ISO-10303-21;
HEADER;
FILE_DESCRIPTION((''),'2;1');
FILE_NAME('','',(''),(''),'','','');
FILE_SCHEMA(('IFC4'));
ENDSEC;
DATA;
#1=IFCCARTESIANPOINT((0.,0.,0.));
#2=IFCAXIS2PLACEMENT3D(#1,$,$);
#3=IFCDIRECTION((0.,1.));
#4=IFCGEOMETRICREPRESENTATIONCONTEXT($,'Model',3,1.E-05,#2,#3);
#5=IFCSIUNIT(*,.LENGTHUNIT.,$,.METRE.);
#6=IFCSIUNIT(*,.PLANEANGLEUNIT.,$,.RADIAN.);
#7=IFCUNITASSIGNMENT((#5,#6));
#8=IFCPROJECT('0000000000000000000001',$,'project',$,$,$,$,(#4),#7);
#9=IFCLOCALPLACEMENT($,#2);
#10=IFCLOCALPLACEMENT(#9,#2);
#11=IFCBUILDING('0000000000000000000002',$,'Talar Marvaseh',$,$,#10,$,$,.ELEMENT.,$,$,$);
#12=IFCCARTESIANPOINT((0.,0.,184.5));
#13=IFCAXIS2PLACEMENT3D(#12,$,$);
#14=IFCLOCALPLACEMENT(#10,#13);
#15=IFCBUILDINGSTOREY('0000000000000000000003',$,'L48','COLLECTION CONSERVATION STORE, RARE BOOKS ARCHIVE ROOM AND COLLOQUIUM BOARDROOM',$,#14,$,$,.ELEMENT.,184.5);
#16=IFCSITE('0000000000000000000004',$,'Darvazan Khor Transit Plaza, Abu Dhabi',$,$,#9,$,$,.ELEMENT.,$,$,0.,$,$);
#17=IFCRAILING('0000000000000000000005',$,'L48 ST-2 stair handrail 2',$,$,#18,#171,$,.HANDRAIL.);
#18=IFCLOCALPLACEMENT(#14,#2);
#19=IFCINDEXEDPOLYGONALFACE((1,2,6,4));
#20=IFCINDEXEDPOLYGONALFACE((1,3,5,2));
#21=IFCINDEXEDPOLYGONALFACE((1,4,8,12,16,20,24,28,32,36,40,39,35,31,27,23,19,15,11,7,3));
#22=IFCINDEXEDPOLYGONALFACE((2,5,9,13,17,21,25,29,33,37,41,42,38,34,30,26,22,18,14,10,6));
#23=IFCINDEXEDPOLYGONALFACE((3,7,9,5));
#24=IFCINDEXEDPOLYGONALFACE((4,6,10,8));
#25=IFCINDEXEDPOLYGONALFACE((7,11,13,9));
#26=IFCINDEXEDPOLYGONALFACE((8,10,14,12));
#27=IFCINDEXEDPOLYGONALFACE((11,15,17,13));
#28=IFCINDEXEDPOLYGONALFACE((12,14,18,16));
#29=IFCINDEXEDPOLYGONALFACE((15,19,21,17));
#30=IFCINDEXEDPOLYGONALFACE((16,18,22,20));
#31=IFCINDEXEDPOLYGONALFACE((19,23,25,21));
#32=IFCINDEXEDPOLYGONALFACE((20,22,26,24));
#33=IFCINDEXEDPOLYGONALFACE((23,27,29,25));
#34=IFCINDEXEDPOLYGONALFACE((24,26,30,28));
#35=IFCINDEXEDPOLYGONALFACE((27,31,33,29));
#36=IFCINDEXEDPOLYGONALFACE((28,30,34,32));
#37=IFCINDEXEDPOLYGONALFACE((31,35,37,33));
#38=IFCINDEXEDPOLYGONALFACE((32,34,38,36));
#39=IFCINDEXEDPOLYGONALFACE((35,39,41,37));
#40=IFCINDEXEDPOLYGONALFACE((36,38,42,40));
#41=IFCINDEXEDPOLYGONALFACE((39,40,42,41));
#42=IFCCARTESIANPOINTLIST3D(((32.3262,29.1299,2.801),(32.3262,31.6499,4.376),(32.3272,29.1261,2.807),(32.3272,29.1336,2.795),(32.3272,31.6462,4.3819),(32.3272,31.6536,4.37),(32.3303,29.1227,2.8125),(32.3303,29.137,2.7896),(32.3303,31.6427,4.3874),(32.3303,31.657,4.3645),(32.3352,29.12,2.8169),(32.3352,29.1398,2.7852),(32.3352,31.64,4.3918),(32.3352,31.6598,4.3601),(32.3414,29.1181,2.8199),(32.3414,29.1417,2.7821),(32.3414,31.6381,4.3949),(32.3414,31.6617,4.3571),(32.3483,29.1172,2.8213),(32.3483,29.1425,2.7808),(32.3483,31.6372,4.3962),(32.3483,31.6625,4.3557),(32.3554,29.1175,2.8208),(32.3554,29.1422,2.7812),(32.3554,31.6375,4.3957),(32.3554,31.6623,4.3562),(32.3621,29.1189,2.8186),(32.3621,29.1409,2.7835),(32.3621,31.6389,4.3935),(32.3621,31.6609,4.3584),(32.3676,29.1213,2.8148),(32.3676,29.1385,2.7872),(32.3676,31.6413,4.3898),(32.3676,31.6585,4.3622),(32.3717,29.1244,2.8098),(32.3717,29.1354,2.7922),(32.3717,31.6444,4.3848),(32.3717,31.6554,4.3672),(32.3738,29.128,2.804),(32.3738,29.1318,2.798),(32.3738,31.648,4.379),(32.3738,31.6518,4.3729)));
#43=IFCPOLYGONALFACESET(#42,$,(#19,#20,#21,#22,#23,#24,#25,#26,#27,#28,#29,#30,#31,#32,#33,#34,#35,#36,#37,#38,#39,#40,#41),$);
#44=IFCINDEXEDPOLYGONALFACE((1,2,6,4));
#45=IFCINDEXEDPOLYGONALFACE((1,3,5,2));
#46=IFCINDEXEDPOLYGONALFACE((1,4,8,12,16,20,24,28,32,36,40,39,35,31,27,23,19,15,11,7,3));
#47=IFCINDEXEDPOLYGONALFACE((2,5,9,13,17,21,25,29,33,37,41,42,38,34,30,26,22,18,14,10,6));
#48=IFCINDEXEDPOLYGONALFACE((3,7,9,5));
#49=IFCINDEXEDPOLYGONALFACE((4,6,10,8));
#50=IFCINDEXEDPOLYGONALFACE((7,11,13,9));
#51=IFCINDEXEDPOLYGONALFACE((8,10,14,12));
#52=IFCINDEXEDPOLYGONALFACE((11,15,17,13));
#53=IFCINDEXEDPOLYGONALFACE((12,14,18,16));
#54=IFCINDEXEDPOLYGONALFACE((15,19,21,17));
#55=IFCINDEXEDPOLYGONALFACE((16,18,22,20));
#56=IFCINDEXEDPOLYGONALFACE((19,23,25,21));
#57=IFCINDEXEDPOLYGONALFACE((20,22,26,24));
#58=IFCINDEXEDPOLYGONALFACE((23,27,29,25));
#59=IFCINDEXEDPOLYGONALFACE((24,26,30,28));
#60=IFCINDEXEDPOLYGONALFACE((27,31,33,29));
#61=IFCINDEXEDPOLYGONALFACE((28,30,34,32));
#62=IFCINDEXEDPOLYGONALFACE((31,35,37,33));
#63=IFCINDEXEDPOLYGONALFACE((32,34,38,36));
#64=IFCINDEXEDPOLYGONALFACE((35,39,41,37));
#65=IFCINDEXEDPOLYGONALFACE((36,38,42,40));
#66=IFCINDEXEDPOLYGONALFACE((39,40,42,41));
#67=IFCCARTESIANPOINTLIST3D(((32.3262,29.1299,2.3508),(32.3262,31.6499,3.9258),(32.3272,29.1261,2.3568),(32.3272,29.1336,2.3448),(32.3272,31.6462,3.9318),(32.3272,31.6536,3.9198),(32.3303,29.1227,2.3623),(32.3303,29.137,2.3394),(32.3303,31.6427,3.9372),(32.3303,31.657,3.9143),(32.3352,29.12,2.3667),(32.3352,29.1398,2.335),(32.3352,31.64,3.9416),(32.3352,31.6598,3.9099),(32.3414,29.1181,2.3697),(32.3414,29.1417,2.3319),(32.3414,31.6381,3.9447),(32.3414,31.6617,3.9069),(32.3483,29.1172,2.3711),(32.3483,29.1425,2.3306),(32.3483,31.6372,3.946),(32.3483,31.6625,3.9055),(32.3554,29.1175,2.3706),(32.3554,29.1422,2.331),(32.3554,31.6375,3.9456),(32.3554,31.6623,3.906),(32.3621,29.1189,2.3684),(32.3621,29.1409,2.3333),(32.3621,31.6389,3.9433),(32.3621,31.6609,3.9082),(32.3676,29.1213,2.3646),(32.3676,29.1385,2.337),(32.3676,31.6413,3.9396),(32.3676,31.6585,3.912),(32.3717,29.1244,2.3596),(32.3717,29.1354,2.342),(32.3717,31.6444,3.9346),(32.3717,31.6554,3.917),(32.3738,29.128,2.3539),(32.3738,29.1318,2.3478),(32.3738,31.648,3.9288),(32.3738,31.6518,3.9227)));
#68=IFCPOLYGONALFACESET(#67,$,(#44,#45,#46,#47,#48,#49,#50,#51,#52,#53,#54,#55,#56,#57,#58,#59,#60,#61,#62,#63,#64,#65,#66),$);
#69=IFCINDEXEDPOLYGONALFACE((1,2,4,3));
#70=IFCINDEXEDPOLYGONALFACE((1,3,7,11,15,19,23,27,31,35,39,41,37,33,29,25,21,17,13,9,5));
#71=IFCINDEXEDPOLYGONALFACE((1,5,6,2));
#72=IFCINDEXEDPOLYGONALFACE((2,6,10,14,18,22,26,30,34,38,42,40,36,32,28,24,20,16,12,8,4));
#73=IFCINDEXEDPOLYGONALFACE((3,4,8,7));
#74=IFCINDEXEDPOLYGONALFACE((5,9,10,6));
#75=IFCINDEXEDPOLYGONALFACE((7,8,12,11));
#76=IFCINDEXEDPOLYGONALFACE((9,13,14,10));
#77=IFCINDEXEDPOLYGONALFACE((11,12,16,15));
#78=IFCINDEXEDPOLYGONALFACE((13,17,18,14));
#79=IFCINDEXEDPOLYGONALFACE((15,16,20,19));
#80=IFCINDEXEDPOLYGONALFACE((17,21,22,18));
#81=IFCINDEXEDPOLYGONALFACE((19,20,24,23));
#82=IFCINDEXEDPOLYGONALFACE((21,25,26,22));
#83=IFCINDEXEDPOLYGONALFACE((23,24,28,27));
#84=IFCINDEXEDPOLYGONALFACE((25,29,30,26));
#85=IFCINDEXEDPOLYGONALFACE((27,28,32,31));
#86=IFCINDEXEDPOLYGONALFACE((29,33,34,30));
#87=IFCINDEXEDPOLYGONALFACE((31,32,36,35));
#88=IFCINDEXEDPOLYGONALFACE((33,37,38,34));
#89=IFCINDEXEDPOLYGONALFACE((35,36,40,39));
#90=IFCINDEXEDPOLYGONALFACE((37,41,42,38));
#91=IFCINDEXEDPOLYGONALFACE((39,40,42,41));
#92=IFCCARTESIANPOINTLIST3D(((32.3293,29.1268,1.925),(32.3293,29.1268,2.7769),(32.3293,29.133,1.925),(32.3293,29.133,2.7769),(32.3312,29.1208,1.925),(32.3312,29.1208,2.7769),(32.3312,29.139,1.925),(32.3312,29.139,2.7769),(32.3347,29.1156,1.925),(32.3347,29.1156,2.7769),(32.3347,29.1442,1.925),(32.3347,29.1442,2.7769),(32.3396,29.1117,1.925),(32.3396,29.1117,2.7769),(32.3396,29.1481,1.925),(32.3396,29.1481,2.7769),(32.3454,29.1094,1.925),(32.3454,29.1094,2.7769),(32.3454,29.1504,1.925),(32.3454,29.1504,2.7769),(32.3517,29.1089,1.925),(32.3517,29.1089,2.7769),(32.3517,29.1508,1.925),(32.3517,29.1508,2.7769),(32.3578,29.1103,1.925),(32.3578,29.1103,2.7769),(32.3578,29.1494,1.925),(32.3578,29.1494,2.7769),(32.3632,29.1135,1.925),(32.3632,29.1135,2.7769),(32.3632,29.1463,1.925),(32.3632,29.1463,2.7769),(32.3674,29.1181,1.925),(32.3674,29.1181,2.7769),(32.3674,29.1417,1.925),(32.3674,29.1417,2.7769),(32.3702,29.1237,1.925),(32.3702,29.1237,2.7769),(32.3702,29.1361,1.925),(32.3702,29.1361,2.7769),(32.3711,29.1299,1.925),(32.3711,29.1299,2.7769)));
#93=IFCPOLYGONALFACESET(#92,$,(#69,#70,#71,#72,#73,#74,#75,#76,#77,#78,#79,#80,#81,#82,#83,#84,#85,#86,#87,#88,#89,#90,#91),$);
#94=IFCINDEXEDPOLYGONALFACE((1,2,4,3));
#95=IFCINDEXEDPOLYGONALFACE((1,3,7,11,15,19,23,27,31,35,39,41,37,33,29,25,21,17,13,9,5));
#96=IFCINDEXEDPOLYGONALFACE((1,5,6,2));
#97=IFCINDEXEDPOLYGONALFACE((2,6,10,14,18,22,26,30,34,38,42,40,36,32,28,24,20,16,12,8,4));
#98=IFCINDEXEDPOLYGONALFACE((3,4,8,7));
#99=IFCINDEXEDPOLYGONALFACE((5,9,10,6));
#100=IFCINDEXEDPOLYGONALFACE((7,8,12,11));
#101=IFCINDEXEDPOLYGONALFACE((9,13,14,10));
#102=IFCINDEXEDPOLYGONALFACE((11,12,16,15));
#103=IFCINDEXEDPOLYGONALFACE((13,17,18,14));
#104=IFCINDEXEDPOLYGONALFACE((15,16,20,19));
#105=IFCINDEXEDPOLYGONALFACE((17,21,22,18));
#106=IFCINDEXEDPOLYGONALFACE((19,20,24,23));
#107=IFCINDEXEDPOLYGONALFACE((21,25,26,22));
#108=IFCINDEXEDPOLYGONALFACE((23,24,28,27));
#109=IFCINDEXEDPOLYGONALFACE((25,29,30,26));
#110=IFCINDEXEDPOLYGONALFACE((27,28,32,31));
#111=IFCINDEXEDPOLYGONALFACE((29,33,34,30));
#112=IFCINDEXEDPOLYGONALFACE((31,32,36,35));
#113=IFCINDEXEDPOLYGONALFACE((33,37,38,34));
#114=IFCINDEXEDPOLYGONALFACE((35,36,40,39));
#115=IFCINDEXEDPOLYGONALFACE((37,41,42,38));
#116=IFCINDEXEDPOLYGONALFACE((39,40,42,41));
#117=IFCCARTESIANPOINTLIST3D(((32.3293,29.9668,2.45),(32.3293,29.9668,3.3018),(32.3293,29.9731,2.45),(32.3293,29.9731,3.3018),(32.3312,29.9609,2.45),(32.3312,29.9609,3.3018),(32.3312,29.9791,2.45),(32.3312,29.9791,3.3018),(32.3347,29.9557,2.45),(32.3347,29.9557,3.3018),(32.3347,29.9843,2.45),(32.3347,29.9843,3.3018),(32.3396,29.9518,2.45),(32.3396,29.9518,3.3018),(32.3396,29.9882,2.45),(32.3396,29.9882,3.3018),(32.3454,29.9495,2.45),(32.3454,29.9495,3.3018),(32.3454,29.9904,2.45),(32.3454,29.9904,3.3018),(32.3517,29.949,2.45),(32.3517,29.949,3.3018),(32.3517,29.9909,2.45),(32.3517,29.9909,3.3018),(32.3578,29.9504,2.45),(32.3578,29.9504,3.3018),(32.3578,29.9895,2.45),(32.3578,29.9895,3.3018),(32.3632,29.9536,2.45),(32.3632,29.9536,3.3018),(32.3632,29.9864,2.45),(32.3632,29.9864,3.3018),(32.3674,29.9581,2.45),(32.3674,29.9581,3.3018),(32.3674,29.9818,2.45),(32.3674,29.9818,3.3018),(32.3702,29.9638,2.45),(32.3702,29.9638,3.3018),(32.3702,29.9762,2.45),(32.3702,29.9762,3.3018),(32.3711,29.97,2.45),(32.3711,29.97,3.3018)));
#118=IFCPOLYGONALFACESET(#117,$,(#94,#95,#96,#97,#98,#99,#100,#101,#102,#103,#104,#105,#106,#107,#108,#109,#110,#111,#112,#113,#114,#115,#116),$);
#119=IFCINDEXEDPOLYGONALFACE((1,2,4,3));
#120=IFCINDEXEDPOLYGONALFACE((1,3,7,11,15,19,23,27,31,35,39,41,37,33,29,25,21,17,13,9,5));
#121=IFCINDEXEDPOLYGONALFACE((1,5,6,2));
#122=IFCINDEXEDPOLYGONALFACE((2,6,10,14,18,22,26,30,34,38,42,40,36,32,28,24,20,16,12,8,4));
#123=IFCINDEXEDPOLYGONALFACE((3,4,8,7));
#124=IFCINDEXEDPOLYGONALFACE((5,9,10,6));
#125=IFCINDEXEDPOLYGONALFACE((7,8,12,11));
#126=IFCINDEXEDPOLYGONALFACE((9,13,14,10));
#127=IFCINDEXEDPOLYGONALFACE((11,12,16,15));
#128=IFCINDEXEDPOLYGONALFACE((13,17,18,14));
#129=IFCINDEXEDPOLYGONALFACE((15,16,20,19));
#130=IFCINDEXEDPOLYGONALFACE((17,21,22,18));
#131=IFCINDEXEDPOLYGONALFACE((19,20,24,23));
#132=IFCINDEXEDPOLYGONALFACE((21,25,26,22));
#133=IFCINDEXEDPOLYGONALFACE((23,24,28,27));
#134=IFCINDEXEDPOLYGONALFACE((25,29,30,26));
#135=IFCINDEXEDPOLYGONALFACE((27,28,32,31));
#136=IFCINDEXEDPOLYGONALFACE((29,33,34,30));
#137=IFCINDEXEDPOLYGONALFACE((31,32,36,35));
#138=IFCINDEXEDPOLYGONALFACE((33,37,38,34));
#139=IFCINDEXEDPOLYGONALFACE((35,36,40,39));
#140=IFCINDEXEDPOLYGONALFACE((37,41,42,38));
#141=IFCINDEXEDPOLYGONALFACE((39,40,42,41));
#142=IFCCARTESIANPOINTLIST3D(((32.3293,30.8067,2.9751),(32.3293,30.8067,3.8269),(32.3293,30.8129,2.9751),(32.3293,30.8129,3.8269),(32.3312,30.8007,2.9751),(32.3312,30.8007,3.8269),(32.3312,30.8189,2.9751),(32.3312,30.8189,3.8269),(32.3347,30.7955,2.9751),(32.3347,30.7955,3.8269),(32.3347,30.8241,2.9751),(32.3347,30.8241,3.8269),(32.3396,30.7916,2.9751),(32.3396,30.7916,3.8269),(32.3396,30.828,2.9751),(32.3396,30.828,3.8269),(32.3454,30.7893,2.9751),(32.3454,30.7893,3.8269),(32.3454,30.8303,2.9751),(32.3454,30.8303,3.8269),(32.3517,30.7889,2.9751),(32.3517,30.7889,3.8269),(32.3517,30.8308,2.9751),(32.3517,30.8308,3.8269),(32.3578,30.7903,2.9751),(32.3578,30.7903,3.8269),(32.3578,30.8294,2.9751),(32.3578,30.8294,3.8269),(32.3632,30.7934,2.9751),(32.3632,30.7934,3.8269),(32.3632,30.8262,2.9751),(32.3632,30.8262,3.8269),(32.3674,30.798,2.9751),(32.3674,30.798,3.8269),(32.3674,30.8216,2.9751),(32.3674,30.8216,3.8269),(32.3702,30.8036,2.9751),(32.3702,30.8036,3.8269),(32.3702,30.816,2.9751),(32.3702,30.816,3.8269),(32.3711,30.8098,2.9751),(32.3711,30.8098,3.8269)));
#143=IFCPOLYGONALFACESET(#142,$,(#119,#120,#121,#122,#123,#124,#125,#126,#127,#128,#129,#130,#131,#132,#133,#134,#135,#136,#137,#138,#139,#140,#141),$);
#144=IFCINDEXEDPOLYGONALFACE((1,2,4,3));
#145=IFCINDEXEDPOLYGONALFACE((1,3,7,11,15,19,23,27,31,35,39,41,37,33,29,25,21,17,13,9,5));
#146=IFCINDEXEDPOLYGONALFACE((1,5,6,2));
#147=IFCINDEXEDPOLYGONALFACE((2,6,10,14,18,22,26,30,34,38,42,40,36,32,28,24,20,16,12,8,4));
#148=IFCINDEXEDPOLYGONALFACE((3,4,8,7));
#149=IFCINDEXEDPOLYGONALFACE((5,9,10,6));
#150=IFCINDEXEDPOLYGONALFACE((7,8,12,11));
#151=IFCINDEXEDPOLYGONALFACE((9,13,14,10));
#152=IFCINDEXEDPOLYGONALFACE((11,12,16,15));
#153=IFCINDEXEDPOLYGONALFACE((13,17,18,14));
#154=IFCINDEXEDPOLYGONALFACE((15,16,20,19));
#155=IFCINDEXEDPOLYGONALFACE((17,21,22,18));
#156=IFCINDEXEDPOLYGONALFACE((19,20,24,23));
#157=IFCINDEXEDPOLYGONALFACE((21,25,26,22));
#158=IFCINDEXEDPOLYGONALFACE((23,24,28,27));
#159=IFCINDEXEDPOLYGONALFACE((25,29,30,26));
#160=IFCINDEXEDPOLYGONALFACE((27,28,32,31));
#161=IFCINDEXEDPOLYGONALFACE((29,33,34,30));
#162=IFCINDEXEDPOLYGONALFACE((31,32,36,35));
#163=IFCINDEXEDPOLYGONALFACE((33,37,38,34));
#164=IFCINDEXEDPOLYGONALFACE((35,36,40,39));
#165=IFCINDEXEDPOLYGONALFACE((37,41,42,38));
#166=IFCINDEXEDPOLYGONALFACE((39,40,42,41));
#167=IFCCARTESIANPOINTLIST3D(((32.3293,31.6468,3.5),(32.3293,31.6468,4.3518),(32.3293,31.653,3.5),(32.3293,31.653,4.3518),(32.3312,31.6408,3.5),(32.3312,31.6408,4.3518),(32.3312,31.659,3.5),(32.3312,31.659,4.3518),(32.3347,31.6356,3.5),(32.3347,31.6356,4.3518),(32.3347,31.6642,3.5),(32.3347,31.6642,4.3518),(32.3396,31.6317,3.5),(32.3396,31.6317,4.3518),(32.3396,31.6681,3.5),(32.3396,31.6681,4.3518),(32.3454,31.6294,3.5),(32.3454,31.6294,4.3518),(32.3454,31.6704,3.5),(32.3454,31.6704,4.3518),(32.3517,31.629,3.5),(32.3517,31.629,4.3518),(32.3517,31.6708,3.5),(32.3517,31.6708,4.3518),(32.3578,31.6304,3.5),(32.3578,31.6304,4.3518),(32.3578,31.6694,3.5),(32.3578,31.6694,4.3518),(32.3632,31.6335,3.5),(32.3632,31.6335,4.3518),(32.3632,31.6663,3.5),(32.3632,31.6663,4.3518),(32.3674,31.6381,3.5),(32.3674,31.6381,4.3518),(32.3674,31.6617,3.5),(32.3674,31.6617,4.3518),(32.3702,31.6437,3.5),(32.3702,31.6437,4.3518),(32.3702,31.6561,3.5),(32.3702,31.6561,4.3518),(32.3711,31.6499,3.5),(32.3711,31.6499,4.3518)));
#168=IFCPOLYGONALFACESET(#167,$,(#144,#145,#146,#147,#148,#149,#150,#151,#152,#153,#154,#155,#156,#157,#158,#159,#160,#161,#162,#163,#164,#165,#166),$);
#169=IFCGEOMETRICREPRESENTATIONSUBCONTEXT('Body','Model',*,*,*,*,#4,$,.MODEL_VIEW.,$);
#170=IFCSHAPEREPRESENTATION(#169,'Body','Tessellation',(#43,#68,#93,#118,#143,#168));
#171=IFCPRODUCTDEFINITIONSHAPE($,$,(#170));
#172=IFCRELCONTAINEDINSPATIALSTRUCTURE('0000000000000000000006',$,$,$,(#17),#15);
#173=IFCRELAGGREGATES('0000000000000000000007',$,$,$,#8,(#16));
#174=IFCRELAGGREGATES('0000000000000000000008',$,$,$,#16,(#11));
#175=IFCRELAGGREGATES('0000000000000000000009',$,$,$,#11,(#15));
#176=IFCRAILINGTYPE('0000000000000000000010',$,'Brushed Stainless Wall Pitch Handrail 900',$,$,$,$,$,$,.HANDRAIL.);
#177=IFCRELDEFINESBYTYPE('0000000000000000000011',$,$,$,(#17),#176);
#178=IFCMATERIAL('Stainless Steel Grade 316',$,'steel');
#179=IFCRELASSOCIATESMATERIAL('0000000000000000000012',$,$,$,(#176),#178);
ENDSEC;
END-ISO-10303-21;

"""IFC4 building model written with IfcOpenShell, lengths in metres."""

from ifc_helpers import new_model, si_unit, direction, frame, origin, origin_2d, place, context, subcontext, project, spatial, circle, extrude, material, type_object, element, save


model = new_model("IFC4")

# Units and contexts
model_context = context("Model", 3, precision=1e-05, world=origin(), true_north=direction((0.0, 1.0)))
body_context = subcontext(model_context, "Body", "Model", "MODEL_VIEW")
ifc_project = project(units=[si_unit("LENGTHUNIT", "METRE"), si_unit("PLANEANGLEUNIT", "RADIAN")], contexts=[model_context])

# Site, building, storey
site_placement = place(None, origin())
site = spatial("IfcSite", under=ifc_project, at=site_placement, Name="Darvazan Khor Transit Plaza, Abu Dhabi", CompositionType="ELEMENT", RefElevation=0.0)
building_placement = place(site_placement, origin())
building = spatial("IfcBuilding", under=site, at=building_placement, Name="Talar Marvaseh", CompositionType="ELEMENT")
storey_placement = place(building_placement, frame((0.0, 0.0, 184.5)))
storey = spatial("IfcBuildingStorey", under=building, at=storey_placement, Name="L48", Description="COLLECTION CONSERVATION STORE, RARE BOOKS ARCHIVE ROOM AND COLLOQUIUM BOARDROOM", CompositionType="ELEMENT", Elevation=184.5)

# Shared definitions
ifc_material_1 = material(Name="Stainless Steel Grade 316", Category="steel")

# Railing
railing_type_1 = type_object("IfcRailingType", Name="Brushed Stainless Wall Pitch Handrail 900", PredefinedType="HANDRAIL", material=ifc_material_1)
railing_1_placement = place(storey_placement, frame((32.3501, 29.1299, 1.925)))
element("IfcRailing", 1, at=railing_1_placement, inside=storey, type_object=railing_type_1, Name="L48 ST-2 stair handrail 2", PredefinedType="HANDRAIL", context=body_context, shape_type="SweptSolid", body=[
    extrude(circle(Radius=0.0239, at=origin_2d()), frame((0.0, 0.0, 0.876), z_axis=(0.0, 0.848008, 0.529984), x_axis=(-1.0, 0.0, 0.0)), (0.0, 0.0, 1.0), 2.9717),
    extrude(circle(Radius=0.0239, at=origin_2d()), frame((0.0, 0.0, 0.4258), z_axis=(0.0, 0.848008, 0.529984), x_axis=(-1.0, 0.0, 0.0)), (0.0, 0.0, 1.0), 2.9717),
    extrude(circle(Radius=0.021, at=origin_2d()), origin(), (0.0, 0.0, 1.0), 0.8518),
    extrude(circle(Radius=0.021, at=origin_2d()), frame((0.0, 0.8401, 0.5249)), (0.0, 0.0, 1.0), 0.8518),
    extrude(circle(Radius=0.021, at=origin_2d()), frame((0.0, 1.6799, 1.05)), (0.0, 0.0, 1.0), 0.8518),
    extrude(circle(Radius=0.021, at=origin_2d()), frame((0.0, 2.52, 1.575)), (0.0, 0.0, 1.0), 0.8518),
])

save(model, "model.ifc")
